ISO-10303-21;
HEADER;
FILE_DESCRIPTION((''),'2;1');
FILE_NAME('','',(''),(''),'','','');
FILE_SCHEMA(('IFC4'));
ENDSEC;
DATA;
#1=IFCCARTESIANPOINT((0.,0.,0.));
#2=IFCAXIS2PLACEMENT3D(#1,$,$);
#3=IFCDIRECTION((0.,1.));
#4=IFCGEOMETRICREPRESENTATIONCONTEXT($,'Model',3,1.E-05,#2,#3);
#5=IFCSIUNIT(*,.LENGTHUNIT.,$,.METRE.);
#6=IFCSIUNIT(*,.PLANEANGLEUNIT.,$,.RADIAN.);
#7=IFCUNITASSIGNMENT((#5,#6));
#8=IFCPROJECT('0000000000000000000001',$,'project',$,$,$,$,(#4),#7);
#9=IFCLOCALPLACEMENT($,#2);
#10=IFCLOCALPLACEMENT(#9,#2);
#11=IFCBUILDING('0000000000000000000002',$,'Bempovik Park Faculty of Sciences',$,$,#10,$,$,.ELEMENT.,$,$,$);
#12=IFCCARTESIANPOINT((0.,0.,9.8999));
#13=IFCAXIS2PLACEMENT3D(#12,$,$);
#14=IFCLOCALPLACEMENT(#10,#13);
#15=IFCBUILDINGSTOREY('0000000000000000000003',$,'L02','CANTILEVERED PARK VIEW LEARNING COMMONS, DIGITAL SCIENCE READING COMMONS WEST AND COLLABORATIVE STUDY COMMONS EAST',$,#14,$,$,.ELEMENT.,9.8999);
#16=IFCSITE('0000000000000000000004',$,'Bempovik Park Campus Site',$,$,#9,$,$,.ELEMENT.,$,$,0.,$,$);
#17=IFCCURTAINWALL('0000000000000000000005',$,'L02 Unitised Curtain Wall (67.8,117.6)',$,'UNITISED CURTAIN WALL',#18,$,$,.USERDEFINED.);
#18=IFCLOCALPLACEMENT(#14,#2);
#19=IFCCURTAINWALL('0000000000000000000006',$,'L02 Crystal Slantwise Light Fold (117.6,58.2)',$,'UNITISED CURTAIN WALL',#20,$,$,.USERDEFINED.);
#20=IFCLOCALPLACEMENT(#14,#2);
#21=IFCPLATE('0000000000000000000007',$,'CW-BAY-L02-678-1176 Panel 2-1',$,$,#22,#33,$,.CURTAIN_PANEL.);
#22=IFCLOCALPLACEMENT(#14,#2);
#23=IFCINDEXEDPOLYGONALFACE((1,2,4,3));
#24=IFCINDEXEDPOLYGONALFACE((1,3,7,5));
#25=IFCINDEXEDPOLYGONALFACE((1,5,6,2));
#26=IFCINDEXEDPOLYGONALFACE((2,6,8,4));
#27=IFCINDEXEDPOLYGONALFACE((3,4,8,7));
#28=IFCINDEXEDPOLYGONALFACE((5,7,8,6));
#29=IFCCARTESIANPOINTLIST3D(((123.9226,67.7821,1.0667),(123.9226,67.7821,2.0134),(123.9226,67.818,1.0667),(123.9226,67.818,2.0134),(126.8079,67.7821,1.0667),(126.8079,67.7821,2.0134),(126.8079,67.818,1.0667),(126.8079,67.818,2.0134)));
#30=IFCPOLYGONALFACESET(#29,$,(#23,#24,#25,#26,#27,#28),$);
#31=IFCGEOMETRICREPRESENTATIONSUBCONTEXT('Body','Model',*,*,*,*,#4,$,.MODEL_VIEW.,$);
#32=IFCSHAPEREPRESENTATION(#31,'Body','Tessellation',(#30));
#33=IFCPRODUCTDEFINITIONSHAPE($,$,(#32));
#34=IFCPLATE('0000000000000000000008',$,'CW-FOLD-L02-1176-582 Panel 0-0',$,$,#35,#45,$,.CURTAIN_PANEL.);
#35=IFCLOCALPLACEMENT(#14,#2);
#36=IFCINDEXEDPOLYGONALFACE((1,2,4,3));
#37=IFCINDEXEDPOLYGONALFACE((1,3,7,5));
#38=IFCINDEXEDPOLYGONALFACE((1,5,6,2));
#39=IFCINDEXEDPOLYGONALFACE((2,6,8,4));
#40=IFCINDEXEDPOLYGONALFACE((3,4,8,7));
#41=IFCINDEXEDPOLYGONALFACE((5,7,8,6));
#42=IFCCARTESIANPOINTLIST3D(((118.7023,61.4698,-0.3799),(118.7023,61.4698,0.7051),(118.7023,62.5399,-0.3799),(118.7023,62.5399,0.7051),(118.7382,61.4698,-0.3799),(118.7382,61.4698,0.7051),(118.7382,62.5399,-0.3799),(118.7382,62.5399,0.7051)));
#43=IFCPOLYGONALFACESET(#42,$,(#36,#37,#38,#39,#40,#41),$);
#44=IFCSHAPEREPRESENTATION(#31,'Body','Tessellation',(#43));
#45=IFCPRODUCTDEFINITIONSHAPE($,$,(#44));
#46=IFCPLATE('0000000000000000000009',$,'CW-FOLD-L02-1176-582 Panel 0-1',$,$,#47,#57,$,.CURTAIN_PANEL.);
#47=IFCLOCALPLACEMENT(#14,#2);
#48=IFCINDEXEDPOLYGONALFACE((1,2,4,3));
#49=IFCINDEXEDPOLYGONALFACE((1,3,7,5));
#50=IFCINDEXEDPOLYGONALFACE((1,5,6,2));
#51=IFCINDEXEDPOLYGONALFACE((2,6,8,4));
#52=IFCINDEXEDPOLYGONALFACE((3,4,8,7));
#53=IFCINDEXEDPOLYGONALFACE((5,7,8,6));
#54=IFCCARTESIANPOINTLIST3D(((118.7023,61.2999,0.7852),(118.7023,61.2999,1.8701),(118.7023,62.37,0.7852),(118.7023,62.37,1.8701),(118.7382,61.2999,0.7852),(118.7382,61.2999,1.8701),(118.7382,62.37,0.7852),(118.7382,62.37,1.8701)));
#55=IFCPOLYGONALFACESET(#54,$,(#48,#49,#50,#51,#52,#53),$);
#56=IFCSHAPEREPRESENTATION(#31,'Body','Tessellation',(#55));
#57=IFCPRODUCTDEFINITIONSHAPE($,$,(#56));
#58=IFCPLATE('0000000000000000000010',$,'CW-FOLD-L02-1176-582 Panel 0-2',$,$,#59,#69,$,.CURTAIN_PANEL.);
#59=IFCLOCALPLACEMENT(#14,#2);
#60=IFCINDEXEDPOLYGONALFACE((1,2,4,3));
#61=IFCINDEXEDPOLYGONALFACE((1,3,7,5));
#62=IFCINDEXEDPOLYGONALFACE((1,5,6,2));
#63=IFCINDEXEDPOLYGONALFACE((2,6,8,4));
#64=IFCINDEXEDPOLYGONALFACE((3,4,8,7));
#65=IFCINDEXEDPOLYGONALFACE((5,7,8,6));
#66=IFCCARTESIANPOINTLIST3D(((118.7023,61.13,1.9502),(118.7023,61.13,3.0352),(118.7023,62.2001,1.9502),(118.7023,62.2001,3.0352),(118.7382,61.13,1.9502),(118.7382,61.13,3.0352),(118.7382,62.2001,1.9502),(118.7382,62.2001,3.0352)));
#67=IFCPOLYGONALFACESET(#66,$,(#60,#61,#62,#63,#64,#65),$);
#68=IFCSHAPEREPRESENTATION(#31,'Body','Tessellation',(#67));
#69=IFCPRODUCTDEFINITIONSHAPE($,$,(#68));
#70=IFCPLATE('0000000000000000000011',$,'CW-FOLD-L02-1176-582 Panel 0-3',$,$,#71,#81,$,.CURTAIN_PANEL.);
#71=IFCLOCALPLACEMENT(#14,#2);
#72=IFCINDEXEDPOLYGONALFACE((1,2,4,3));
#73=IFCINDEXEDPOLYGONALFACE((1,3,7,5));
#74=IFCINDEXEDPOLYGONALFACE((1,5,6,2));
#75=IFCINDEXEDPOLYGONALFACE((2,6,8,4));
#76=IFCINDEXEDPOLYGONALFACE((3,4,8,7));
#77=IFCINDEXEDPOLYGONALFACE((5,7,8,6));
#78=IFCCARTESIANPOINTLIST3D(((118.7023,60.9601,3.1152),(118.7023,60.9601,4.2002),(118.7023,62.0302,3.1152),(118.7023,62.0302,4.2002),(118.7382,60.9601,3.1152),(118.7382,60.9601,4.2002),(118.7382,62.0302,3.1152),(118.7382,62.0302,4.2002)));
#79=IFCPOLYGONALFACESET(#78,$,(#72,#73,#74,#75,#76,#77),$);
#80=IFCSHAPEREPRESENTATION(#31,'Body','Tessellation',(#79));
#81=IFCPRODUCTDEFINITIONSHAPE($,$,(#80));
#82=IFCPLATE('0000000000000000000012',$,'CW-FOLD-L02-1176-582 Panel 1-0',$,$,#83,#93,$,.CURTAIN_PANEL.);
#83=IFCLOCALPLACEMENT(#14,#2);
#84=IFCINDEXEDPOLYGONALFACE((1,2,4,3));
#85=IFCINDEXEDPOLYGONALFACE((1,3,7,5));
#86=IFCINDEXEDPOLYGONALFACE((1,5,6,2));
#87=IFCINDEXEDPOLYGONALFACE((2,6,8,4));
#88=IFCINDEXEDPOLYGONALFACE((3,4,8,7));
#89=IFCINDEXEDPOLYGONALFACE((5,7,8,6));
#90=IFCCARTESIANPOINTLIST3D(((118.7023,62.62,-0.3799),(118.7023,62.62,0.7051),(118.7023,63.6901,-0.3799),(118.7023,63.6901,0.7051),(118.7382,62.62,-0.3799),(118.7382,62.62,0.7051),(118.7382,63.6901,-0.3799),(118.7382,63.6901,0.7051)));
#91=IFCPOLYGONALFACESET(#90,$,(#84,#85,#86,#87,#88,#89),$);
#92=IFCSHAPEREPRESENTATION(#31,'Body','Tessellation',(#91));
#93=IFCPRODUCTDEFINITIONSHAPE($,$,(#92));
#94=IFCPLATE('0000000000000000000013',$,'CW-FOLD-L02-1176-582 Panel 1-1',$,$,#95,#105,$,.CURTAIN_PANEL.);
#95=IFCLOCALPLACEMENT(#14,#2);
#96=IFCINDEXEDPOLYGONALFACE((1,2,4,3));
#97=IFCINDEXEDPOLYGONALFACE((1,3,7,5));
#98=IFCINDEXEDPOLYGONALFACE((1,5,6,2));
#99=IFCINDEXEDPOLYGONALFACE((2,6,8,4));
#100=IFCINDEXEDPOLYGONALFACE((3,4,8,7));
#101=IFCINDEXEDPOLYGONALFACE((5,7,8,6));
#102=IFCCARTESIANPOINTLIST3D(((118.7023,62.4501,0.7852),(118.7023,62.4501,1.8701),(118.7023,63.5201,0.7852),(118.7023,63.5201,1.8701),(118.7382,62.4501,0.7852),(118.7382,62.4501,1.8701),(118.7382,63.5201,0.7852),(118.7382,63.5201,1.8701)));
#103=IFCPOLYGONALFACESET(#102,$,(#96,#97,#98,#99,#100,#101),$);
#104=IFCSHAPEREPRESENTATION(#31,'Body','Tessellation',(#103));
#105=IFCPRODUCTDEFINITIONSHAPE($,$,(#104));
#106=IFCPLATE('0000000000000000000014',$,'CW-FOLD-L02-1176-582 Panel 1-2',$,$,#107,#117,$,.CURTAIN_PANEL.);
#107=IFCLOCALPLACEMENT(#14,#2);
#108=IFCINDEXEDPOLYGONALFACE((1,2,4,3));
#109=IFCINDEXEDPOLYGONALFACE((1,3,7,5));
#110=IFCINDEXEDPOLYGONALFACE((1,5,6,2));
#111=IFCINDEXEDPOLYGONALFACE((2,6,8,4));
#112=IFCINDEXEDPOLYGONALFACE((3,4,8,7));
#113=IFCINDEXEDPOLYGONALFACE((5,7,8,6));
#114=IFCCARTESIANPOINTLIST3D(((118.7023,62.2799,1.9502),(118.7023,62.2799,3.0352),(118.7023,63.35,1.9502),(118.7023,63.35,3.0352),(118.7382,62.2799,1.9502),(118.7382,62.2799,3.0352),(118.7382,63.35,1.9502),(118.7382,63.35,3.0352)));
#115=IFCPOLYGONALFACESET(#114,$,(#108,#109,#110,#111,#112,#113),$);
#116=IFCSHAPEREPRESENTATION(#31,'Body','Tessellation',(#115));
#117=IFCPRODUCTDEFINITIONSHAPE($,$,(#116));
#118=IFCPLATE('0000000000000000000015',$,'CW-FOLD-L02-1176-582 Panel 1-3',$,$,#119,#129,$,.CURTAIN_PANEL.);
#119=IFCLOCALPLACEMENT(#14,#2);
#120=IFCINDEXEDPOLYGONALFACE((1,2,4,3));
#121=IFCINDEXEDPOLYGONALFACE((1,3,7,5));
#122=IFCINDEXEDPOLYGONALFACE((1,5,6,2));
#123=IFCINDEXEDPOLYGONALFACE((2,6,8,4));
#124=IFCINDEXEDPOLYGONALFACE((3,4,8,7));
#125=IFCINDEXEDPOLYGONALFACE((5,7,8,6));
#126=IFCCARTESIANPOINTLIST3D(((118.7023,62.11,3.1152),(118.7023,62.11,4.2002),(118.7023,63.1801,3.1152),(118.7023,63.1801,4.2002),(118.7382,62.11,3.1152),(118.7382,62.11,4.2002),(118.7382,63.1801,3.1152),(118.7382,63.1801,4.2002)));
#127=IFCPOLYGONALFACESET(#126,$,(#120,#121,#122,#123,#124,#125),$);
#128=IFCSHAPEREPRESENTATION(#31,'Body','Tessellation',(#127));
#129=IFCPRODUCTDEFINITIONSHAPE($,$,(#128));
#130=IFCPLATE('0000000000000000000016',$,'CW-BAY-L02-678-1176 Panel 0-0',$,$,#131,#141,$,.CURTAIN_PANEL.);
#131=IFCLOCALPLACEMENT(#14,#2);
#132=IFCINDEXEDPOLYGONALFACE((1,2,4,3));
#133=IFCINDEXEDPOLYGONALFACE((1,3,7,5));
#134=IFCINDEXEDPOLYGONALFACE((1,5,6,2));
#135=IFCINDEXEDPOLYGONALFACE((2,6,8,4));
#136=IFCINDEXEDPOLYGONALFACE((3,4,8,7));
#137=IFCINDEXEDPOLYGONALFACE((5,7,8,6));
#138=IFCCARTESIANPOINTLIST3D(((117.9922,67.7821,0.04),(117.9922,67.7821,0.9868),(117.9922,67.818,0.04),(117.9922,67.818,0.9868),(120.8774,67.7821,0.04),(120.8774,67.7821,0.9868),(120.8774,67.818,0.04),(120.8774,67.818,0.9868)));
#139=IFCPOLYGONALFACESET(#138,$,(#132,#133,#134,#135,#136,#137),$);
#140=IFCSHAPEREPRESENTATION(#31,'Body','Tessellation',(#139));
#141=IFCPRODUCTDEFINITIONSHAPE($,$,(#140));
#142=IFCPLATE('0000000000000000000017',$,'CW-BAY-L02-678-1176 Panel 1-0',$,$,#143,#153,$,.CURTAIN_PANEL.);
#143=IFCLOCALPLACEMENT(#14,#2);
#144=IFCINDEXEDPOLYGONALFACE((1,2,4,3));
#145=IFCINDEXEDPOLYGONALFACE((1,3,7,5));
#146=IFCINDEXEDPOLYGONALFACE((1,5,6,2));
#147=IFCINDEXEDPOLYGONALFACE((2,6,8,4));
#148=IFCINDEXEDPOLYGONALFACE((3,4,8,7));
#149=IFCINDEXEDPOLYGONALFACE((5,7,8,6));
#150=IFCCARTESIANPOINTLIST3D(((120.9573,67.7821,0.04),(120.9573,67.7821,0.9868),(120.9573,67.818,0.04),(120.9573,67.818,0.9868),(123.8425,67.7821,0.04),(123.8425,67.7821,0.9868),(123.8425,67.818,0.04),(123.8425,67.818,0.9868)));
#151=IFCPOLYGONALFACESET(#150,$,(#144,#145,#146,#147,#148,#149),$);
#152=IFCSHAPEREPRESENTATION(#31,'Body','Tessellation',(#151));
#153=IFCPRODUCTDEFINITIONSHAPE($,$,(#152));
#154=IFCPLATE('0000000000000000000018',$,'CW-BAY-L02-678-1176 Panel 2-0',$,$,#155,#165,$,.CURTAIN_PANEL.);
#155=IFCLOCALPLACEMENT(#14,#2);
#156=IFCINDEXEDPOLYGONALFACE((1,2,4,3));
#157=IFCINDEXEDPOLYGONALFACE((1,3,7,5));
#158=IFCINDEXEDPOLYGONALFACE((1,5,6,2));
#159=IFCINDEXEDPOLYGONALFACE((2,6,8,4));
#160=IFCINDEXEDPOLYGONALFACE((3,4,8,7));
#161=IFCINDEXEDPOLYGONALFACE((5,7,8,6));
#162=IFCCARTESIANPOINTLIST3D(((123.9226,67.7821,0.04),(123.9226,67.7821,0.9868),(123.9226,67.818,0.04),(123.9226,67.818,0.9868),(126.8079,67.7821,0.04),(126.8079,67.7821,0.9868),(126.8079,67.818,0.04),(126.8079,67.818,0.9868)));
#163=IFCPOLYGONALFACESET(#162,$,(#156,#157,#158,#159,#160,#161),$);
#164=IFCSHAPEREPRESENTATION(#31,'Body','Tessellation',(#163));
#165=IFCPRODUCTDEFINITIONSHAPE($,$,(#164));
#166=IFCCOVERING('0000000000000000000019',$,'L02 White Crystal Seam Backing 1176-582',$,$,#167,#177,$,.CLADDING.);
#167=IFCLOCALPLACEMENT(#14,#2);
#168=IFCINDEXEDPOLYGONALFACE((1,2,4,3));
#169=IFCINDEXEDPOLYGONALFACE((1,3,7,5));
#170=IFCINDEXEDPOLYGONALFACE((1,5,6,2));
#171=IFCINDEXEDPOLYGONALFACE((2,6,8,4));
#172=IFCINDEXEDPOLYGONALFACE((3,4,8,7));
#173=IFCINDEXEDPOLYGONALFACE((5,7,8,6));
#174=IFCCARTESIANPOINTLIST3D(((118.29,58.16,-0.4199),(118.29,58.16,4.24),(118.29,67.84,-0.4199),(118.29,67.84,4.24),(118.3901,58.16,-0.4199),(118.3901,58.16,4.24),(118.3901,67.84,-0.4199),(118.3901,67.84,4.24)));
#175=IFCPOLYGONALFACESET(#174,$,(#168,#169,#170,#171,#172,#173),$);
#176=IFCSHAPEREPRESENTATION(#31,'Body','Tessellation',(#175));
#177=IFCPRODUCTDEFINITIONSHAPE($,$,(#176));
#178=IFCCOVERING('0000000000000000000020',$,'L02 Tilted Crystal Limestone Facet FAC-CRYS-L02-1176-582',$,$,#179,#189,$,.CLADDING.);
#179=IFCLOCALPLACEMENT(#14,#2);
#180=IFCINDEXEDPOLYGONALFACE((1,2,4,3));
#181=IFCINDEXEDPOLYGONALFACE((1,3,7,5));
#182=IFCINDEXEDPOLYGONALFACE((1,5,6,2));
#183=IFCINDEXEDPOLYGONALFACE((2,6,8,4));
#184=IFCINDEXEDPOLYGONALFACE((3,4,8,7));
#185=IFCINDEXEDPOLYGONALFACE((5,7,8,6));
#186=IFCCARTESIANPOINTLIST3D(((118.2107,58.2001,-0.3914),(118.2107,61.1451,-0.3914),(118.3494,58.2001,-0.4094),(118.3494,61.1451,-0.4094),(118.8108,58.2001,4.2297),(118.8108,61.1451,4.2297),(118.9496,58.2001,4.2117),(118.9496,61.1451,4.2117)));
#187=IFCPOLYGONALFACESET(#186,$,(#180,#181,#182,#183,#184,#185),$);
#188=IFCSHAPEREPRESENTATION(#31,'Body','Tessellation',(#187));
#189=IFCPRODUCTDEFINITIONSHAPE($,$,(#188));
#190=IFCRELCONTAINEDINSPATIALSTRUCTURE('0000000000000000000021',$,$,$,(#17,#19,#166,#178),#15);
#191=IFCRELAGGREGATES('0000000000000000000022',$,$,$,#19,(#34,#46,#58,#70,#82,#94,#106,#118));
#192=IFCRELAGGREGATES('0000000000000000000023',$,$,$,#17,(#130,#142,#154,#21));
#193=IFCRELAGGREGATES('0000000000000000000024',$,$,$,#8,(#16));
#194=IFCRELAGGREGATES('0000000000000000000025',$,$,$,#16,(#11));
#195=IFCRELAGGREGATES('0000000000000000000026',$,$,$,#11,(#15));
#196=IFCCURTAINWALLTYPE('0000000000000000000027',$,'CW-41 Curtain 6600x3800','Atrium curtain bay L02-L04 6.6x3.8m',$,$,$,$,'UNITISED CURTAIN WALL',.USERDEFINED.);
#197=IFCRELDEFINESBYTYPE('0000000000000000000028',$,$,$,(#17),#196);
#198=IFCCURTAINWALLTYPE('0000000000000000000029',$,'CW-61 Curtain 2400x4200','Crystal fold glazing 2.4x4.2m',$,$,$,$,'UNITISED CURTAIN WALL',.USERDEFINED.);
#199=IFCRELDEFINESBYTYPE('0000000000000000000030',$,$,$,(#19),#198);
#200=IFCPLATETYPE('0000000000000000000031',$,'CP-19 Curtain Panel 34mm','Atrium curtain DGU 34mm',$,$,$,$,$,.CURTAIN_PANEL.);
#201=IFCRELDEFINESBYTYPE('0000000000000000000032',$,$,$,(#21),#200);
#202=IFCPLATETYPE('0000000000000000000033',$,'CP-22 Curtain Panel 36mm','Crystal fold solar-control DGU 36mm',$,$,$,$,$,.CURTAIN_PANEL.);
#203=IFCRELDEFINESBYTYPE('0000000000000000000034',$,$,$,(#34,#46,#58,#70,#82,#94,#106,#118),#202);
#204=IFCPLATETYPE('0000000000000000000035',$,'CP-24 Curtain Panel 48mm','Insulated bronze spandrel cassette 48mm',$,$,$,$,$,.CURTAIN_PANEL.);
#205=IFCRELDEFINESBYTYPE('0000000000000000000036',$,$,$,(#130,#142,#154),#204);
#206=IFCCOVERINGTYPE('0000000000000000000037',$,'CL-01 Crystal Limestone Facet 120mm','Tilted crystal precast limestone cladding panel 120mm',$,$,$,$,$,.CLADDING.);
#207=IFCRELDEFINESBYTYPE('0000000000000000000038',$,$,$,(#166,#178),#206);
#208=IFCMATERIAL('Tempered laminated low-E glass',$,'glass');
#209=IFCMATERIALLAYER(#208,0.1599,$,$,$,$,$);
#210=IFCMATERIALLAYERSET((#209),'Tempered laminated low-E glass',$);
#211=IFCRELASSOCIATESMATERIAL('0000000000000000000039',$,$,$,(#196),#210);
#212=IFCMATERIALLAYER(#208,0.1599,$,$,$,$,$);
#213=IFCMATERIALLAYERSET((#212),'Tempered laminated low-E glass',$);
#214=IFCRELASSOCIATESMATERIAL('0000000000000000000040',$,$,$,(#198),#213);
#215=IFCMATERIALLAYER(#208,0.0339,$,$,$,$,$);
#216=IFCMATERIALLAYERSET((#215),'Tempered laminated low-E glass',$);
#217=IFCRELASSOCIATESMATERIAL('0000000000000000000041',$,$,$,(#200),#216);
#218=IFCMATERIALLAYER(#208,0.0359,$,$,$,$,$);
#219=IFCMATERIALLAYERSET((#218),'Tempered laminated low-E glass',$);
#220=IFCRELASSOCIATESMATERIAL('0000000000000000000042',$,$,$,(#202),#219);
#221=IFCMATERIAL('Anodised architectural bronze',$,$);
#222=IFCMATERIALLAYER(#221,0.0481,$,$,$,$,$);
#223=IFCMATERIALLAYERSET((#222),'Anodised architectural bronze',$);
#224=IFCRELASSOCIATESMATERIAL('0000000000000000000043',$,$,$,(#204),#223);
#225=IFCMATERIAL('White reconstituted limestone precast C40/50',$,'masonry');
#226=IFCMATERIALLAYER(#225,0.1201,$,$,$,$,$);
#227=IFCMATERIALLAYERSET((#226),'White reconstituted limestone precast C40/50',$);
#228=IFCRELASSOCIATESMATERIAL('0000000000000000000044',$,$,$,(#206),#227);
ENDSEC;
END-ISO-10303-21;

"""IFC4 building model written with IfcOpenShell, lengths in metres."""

from ifc_helpers import new_model, si_unit, direction, frame, origin, origin_2d, place, context, subcontext, project, spatial, rectangle, extrude, material, layer, layer_set, type_object, element, aggregate, save


model = new_model("IFC4")

# Units and contexts
model_context = context("Model", 3, precision=1e-05, world=origin(), true_north=direction((0.0, 1.0)))
body_context = subcontext(model_context, "Body", "Model", "MODEL_VIEW")
ifc_project = project(units=[si_unit("LENGTHUNIT", "METRE"), si_unit("PLANEANGLEUNIT", "RADIAN")], contexts=[model_context])

# Site, building, storey
site_placement = place(None, origin())
site = spatial("IfcSite", under=ifc_project, at=site_placement, Name="Bempovik Park Campus Site", CompositionType="ELEMENT", RefElevation=0.0)
building_placement = place(site_placement, origin())
building = spatial("IfcBuilding", under=site, at=building_placement, Name="Bempovik Park Faculty of Sciences", CompositionType="ELEMENT")
storey_placement = place(building_placement, frame((0.0, 0.0, 9.8999)))
storey = spatial("IfcBuildingStorey", under=building, at=storey_placement, Name="L02", Description="CANTILEVERED PARK VIEW LEARNING COMMONS, DIGITAL SCIENCE READING COMMONS WEST AND COLLABORATIVE STUDY COMMONS EAST", CompositionType="ELEMENT", Elevation=9.8999)

# Curtain walls
ifc_material_1 = material(Name="Tempered laminated low-E glass", Category="glass")
ifc_layer_1 = layer(ifc_material_1, 0.1599)
ifc_layer_set_1 = layer_set([ifc_layer_1], Name="Tempered laminated low-E glass")
curtain_wall_type_1 = type_object("IfcCurtainWallType", Name="CW-41 Curtain 6600x3800", Description="Atrium curtain bay L02-L04 6.6x3.8m", ElementType="UNITISED CURTAIN WALL", PredefinedType="USERDEFINED", material=ifc_layer_set_1)
curtain_wall_1_placement = place(storey_placement, origin())
curtain_wall_1 = element("IfcCurtainWall", 1, at=curtain_wall_1_placement, inside=storey, type_object=curtain_wall_type_1, Name="L02 Unitised Curtain Wall (67.8,117.6)", ObjectType="UNITISED CURTAIN WALL", PredefinedType="USERDEFINED")
ifc_layer_2 = layer(ifc_material_1, 0.1599)
ifc_layer_set_2 = layer_set([ifc_layer_2], Name="Tempered laminated low-E glass")
curtain_wall_type_2 = type_object("IfcCurtainWallType", Name="CW-61 Curtain 2400x4200", Description="Crystal fold glazing 2.4x4.2m", ElementType="UNITISED CURTAIN WALL", PredefinedType="USERDEFINED", material=ifc_layer_set_2)
curtain_wall_2_placement = place(storey_placement, origin())
curtain_wall_2 = element("IfcCurtainWall", 2, at=curtain_wall_2_placement, inside=storey, type_object=curtain_wall_type_2, Name="L02 Crystal Slantwise Light Fold (117.6,58.2)", ObjectType="UNITISED CURTAIN WALL", PredefinedType="USERDEFINED")

# Plates
ifc_layer_3 = layer(ifc_material_1, 0.0339)
ifc_layer_set_3 = layer_set([ifc_layer_3], Name="Tempered laminated low-E glass")
plate_type_1 = type_object("IfcPlateType", Name="CP-19 Curtain Panel 34mm", Description="Atrium curtain DGU 34mm", PredefinedType="CURTAIN_PANEL", material=ifc_layer_set_3)
plate_1_placement = place(storey_placement, frame((125.3652, 67.8, 1.0667), z_axis=(0.0, 0.0, 1.0), x_axis=(1.0, 0.0, 0.0)))
plate_1 = element("IfcPlate", 3, at=plate_1_placement, type_object=plate_type_1, Name="CW-BAY-L02-678-1176 Panel 2-1", PredefinedType="CURTAIN_PANEL", context=body_context, shape_type="SweptSolid", body=[
    extrude(rectangle(XDim=2.8853, YDim=0.0359, at=origin_2d()), origin(), (0.0, 0.0, 1.0), 0.9468),
])
ifc_layer_4 = layer(ifc_material_1, 0.0359)
ifc_layer_set_4 = layer_set([ifc_layer_4], Name="Tempered laminated low-E glass")
plate_type_2 = type_object("IfcPlateType", Name="CP-22 Curtain Panel 36mm", Description="Crystal fold solar-control DGU 36mm", PredefinedType="CURTAIN_PANEL", material=ifc_layer_set_4)
plate_2_placement = place(storey_placement, frame((118.7202, 62.0049, -0.3799), z_axis=(0.0, 0.0, 1.0), x_axis=(0.0, 1.0, 0.0)))
plate_2 = element("IfcPlate", 4, at=plate_2_placement, type_object=plate_type_2, Name="CW-FOLD-L02-1176-582 Panel 0-0", PredefinedType="CURTAIN_PANEL", context=body_context, shape_type="SweptSolid", body=[
    extrude(rectangle(XDim=1.0701, YDim=0.0359, at=origin_2d()), origin(), (0.0, 0.0, 1.0), 1.085),
])
plate_3_placement = place(storey_placement, frame((118.7202, 61.835, 0.7852), z_axis=(0.0, 0.0, 1.0), x_axis=(0.0, 1.0, 0.0)))
plate_3 = element("IfcPlate", 5, at=plate_3_placement, type_object=plate_type_2, Name="CW-FOLD-L02-1176-582 Panel 0-1", PredefinedType="CURTAIN_PANEL", context=body_context, shape_type="SweptSolid", body=[
    extrude(rectangle(XDim=1.0701, YDim=0.0359, at=origin_2d()), origin(), (0.0, 0.0, 1.0), 1.085),
])
plate_4_placement = place(storey_placement, frame((118.7202, 61.665, 1.9502), z_axis=(0.0, 0.0, 1.0), x_axis=(0.0, 1.0, 0.0)))
plate_4 = element("IfcPlate", 6, at=plate_4_placement, type_object=plate_type_2, Name="CW-FOLD-L02-1176-582 Panel 0-2", PredefinedType="CURTAIN_PANEL", context=body_context, shape_type="SweptSolid", body=[
    extrude(rectangle(XDim=1.0701, YDim=0.0359, at=origin_2d()), origin(), (0.0, 0.0, 1.0), 1.085),
])
plate_5_placement = place(storey_placement, frame((118.7202, 61.4951, 3.1152), z_axis=(0.0, 0.0, 1.0), x_axis=(0.0, 1.0, 0.0)))
plate_5 = element("IfcPlate", 7, at=plate_5_placement, type_object=plate_type_2, Name="CW-FOLD-L02-1176-582 Panel 0-3", PredefinedType="CURTAIN_PANEL", context=body_context, shape_type="SweptSolid", body=[
    extrude(rectangle(XDim=1.0701, YDim=0.0359, at=origin_2d()), origin(), (0.0, 0.0, 1.0), 1.085),
])
plate_6_placement = place(storey_placement, frame((118.7202, 63.155, -0.3799), z_axis=(0.0, 0.0, 1.0), x_axis=(0.0, 1.0, 0.0)))
plate_6 = element("IfcPlate", 8, at=plate_6_placement, type_object=plate_type_2, Name="CW-FOLD-L02-1176-582 Panel 1-0", PredefinedType="CURTAIN_PANEL", context=body_context, shape_type="SweptSolid", body=[
    extrude(rectangle(XDim=1.0701, YDim=0.0359, at=origin_2d()), origin(), (0.0, 0.0, 1.0), 1.085),
])
plate_7_placement = place(storey_placement, frame((118.7202, 62.9851, 0.7852), z_axis=(0.0, 0.0, 1.0), x_axis=(0.0, 1.0, 0.0)))
plate_7 = element("IfcPlate", 9, at=plate_7_placement, type_object=plate_type_2, Name="CW-FOLD-L02-1176-582 Panel 1-1", PredefinedType="CURTAIN_PANEL", context=body_context, shape_type="SweptSolid", body=[
    extrude(rectangle(XDim=1.0701, YDim=0.0359, at=origin_2d()), origin(), (0.0, 0.0, 1.0), 1.085),
])
plate_8_placement = place(storey_placement, frame((118.7202, 62.8149, 1.9502), z_axis=(0.0, 0.0, 1.0), x_axis=(0.0, 1.0, 0.0)))
plate_8 = element("IfcPlate", 10, at=plate_8_placement, type_object=plate_type_2, Name="CW-FOLD-L02-1176-582 Panel 1-2", PredefinedType="CURTAIN_PANEL", context=body_context, shape_type="SweptSolid", body=[
    extrude(rectangle(XDim=1.0701, YDim=0.0359, at=origin_2d()), origin(), (0.0, 0.0, 1.0), 1.085),
])
plate_9_placement = place(storey_placement, frame((118.7202, 62.645, 3.1152), z_axis=(0.0, 0.0, 1.0), x_axis=(0.0, 1.0, 0.0)))
plate_9 = element("IfcPlate", 11, at=plate_9_placement, type_object=plate_type_2, Name="CW-FOLD-L02-1176-582 Panel 1-3", PredefinedType="CURTAIN_PANEL", context=body_context, shape_type="SweptSolid", body=[
    extrude(rectangle(XDim=1.0701, YDim=0.0359, at=origin_2d()), origin(), (0.0, 0.0, 1.0), 1.085),
])
aggregate(curtain_wall_2, [plate_2, plate_3, plate_4, plate_5, plate_6, plate_7, plate_8, plate_9])
ifc_material_2 = material(Name="Anodised architectural bronze")
ifc_layer_5 = layer(ifc_material_2, 0.0481)
ifc_layer_set_5 = layer_set([ifc_layer_5], Name="Anodised architectural bronze")
plate_type_3 = type_object("IfcPlateType", Name="CP-24 Curtain Panel 48mm", Description="Insulated bronze spandrel cassette 48mm", PredefinedType="CURTAIN_PANEL", material=ifc_layer_set_5)
plate_10_placement = place(storey_placement, frame((119.4348, 67.8, 0.04), z_axis=(0.0, 0.0, 1.0), x_axis=(1.0, 0.0, 0.0)))
plate_10 = element("IfcPlate", 12, at=plate_10_placement, type_object=plate_type_3, Name="CW-BAY-L02-678-1176 Panel 0-0", PredefinedType="CURTAIN_PANEL", context=body_context, shape_type="SweptSolid", body=[
    extrude(rectangle(XDim=2.8853, YDim=0.0359, at=origin_2d()), origin(), (0.0, 0.0, 1.0), 0.9468),
])
plate_11_placement = place(storey_placement, frame((122.3999, 67.8, 0.04), z_axis=(0.0, 0.0, 1.0), x_axis=(1.0, 0.0, 0.0)))
plate_11 = element("IfcPlate", 13, at=plate_11_placement, type_object=plate_type_3, Name="CW-BAY-L02-678-1176 Panel 1-0", PredefinedType="CURTAIN_PANEL", context=body_context, shape_type="SweptSolid", body=[
    extrude(rectangle(XDim=2.8853, YDim=0.0359, at=origin_2d()), origin(), (0.0, 0.0, 1.0), 0.9468),
])
plate_12_placement = place(storey_placement, frame((125.3652, 67.8, 0.04), z_axis=(0.0, 0.0, 1.0), x_axis=(1.0, 0.0, 0.0)))
plate_12 = element("IfcPlate", 14, at=plate_12_placement, type_object=plate_type_3, Name="CW-BAY-L02-678-1176 Panel 2-0", PredefinedType="CURTAIN_PANEL", context=body_context, shape_type="SweptSolid", body=[
    extrude(rectangle(XDim=2.8853, YDim=0.0359, at=origin_2d()), origin(), (0.0, 0.0, 1.0), 0.9468),
])
aggregate(curtain_wall_1, [plate_10, plate_11, plate_12, plate_1])

# Coverings
ifc_material_3 = material(Name="White reconstituted limestone precast C40/50", Category="masonry")
ifc_layer_6 = layer(ifc_material_3, 0.1201)
ifc_layer_set_6 = layer_set([ifc_layer_6], Name="White reconstituted limestone precast C40/50")
covering_type = type_object("IfcCoveringType", Name="CL-01 Crystal Limestone Facet 120mm", Description="Tilted crystal precast limestone cladding panel 120mm", PredefinedType="CLADDING", material=ifc_layer_set_6)
covering_1_placement = place(storey_placement, frame((118.3401, 63.0, -0.4199), z_axis=(0.0, 0.0, 1.0), x_axis=(1.0, 0.0, 0.0)))
element("IfcCovering", 15, at=covering_1_placement, inside=storey, type_object=covering_type, Name="L02 White Crystal Seam Backing 1176-582", PredefinedType="CLADDING", context=body_context, shape_type="SweptSolid", body=[
    extrude(rectangle(XDim=0.1001, YDim=9.6799, at=origin_2d()), origin(), (0.0, 0.0, 1.0), 4.6599),
])
covering_2_placement = place(storey_placement, frame((118.28, 59.6726, -0.4004), z_axis=(0.128796, 0.0, 0.991671), x_axis=(0.0, 1.0, 0.0)))
element("IfcCovering", 16, at=covering_2_placement, inside=storey, type_object=covering_type, Name="L02 Tilted Crystal Limestone Facet FAC-CRYS-L02-1176-582", PredefinedType="CLADDING", context=body_context, shape_type="SweptSolid", body=[
    extrude(rectangle(XDim=2.9451, YDim=0.1399, at=origin_2d()), origin(), (0.0, 0.0, 1.0), 4.6599),
])

save(model, "model.ifc")
